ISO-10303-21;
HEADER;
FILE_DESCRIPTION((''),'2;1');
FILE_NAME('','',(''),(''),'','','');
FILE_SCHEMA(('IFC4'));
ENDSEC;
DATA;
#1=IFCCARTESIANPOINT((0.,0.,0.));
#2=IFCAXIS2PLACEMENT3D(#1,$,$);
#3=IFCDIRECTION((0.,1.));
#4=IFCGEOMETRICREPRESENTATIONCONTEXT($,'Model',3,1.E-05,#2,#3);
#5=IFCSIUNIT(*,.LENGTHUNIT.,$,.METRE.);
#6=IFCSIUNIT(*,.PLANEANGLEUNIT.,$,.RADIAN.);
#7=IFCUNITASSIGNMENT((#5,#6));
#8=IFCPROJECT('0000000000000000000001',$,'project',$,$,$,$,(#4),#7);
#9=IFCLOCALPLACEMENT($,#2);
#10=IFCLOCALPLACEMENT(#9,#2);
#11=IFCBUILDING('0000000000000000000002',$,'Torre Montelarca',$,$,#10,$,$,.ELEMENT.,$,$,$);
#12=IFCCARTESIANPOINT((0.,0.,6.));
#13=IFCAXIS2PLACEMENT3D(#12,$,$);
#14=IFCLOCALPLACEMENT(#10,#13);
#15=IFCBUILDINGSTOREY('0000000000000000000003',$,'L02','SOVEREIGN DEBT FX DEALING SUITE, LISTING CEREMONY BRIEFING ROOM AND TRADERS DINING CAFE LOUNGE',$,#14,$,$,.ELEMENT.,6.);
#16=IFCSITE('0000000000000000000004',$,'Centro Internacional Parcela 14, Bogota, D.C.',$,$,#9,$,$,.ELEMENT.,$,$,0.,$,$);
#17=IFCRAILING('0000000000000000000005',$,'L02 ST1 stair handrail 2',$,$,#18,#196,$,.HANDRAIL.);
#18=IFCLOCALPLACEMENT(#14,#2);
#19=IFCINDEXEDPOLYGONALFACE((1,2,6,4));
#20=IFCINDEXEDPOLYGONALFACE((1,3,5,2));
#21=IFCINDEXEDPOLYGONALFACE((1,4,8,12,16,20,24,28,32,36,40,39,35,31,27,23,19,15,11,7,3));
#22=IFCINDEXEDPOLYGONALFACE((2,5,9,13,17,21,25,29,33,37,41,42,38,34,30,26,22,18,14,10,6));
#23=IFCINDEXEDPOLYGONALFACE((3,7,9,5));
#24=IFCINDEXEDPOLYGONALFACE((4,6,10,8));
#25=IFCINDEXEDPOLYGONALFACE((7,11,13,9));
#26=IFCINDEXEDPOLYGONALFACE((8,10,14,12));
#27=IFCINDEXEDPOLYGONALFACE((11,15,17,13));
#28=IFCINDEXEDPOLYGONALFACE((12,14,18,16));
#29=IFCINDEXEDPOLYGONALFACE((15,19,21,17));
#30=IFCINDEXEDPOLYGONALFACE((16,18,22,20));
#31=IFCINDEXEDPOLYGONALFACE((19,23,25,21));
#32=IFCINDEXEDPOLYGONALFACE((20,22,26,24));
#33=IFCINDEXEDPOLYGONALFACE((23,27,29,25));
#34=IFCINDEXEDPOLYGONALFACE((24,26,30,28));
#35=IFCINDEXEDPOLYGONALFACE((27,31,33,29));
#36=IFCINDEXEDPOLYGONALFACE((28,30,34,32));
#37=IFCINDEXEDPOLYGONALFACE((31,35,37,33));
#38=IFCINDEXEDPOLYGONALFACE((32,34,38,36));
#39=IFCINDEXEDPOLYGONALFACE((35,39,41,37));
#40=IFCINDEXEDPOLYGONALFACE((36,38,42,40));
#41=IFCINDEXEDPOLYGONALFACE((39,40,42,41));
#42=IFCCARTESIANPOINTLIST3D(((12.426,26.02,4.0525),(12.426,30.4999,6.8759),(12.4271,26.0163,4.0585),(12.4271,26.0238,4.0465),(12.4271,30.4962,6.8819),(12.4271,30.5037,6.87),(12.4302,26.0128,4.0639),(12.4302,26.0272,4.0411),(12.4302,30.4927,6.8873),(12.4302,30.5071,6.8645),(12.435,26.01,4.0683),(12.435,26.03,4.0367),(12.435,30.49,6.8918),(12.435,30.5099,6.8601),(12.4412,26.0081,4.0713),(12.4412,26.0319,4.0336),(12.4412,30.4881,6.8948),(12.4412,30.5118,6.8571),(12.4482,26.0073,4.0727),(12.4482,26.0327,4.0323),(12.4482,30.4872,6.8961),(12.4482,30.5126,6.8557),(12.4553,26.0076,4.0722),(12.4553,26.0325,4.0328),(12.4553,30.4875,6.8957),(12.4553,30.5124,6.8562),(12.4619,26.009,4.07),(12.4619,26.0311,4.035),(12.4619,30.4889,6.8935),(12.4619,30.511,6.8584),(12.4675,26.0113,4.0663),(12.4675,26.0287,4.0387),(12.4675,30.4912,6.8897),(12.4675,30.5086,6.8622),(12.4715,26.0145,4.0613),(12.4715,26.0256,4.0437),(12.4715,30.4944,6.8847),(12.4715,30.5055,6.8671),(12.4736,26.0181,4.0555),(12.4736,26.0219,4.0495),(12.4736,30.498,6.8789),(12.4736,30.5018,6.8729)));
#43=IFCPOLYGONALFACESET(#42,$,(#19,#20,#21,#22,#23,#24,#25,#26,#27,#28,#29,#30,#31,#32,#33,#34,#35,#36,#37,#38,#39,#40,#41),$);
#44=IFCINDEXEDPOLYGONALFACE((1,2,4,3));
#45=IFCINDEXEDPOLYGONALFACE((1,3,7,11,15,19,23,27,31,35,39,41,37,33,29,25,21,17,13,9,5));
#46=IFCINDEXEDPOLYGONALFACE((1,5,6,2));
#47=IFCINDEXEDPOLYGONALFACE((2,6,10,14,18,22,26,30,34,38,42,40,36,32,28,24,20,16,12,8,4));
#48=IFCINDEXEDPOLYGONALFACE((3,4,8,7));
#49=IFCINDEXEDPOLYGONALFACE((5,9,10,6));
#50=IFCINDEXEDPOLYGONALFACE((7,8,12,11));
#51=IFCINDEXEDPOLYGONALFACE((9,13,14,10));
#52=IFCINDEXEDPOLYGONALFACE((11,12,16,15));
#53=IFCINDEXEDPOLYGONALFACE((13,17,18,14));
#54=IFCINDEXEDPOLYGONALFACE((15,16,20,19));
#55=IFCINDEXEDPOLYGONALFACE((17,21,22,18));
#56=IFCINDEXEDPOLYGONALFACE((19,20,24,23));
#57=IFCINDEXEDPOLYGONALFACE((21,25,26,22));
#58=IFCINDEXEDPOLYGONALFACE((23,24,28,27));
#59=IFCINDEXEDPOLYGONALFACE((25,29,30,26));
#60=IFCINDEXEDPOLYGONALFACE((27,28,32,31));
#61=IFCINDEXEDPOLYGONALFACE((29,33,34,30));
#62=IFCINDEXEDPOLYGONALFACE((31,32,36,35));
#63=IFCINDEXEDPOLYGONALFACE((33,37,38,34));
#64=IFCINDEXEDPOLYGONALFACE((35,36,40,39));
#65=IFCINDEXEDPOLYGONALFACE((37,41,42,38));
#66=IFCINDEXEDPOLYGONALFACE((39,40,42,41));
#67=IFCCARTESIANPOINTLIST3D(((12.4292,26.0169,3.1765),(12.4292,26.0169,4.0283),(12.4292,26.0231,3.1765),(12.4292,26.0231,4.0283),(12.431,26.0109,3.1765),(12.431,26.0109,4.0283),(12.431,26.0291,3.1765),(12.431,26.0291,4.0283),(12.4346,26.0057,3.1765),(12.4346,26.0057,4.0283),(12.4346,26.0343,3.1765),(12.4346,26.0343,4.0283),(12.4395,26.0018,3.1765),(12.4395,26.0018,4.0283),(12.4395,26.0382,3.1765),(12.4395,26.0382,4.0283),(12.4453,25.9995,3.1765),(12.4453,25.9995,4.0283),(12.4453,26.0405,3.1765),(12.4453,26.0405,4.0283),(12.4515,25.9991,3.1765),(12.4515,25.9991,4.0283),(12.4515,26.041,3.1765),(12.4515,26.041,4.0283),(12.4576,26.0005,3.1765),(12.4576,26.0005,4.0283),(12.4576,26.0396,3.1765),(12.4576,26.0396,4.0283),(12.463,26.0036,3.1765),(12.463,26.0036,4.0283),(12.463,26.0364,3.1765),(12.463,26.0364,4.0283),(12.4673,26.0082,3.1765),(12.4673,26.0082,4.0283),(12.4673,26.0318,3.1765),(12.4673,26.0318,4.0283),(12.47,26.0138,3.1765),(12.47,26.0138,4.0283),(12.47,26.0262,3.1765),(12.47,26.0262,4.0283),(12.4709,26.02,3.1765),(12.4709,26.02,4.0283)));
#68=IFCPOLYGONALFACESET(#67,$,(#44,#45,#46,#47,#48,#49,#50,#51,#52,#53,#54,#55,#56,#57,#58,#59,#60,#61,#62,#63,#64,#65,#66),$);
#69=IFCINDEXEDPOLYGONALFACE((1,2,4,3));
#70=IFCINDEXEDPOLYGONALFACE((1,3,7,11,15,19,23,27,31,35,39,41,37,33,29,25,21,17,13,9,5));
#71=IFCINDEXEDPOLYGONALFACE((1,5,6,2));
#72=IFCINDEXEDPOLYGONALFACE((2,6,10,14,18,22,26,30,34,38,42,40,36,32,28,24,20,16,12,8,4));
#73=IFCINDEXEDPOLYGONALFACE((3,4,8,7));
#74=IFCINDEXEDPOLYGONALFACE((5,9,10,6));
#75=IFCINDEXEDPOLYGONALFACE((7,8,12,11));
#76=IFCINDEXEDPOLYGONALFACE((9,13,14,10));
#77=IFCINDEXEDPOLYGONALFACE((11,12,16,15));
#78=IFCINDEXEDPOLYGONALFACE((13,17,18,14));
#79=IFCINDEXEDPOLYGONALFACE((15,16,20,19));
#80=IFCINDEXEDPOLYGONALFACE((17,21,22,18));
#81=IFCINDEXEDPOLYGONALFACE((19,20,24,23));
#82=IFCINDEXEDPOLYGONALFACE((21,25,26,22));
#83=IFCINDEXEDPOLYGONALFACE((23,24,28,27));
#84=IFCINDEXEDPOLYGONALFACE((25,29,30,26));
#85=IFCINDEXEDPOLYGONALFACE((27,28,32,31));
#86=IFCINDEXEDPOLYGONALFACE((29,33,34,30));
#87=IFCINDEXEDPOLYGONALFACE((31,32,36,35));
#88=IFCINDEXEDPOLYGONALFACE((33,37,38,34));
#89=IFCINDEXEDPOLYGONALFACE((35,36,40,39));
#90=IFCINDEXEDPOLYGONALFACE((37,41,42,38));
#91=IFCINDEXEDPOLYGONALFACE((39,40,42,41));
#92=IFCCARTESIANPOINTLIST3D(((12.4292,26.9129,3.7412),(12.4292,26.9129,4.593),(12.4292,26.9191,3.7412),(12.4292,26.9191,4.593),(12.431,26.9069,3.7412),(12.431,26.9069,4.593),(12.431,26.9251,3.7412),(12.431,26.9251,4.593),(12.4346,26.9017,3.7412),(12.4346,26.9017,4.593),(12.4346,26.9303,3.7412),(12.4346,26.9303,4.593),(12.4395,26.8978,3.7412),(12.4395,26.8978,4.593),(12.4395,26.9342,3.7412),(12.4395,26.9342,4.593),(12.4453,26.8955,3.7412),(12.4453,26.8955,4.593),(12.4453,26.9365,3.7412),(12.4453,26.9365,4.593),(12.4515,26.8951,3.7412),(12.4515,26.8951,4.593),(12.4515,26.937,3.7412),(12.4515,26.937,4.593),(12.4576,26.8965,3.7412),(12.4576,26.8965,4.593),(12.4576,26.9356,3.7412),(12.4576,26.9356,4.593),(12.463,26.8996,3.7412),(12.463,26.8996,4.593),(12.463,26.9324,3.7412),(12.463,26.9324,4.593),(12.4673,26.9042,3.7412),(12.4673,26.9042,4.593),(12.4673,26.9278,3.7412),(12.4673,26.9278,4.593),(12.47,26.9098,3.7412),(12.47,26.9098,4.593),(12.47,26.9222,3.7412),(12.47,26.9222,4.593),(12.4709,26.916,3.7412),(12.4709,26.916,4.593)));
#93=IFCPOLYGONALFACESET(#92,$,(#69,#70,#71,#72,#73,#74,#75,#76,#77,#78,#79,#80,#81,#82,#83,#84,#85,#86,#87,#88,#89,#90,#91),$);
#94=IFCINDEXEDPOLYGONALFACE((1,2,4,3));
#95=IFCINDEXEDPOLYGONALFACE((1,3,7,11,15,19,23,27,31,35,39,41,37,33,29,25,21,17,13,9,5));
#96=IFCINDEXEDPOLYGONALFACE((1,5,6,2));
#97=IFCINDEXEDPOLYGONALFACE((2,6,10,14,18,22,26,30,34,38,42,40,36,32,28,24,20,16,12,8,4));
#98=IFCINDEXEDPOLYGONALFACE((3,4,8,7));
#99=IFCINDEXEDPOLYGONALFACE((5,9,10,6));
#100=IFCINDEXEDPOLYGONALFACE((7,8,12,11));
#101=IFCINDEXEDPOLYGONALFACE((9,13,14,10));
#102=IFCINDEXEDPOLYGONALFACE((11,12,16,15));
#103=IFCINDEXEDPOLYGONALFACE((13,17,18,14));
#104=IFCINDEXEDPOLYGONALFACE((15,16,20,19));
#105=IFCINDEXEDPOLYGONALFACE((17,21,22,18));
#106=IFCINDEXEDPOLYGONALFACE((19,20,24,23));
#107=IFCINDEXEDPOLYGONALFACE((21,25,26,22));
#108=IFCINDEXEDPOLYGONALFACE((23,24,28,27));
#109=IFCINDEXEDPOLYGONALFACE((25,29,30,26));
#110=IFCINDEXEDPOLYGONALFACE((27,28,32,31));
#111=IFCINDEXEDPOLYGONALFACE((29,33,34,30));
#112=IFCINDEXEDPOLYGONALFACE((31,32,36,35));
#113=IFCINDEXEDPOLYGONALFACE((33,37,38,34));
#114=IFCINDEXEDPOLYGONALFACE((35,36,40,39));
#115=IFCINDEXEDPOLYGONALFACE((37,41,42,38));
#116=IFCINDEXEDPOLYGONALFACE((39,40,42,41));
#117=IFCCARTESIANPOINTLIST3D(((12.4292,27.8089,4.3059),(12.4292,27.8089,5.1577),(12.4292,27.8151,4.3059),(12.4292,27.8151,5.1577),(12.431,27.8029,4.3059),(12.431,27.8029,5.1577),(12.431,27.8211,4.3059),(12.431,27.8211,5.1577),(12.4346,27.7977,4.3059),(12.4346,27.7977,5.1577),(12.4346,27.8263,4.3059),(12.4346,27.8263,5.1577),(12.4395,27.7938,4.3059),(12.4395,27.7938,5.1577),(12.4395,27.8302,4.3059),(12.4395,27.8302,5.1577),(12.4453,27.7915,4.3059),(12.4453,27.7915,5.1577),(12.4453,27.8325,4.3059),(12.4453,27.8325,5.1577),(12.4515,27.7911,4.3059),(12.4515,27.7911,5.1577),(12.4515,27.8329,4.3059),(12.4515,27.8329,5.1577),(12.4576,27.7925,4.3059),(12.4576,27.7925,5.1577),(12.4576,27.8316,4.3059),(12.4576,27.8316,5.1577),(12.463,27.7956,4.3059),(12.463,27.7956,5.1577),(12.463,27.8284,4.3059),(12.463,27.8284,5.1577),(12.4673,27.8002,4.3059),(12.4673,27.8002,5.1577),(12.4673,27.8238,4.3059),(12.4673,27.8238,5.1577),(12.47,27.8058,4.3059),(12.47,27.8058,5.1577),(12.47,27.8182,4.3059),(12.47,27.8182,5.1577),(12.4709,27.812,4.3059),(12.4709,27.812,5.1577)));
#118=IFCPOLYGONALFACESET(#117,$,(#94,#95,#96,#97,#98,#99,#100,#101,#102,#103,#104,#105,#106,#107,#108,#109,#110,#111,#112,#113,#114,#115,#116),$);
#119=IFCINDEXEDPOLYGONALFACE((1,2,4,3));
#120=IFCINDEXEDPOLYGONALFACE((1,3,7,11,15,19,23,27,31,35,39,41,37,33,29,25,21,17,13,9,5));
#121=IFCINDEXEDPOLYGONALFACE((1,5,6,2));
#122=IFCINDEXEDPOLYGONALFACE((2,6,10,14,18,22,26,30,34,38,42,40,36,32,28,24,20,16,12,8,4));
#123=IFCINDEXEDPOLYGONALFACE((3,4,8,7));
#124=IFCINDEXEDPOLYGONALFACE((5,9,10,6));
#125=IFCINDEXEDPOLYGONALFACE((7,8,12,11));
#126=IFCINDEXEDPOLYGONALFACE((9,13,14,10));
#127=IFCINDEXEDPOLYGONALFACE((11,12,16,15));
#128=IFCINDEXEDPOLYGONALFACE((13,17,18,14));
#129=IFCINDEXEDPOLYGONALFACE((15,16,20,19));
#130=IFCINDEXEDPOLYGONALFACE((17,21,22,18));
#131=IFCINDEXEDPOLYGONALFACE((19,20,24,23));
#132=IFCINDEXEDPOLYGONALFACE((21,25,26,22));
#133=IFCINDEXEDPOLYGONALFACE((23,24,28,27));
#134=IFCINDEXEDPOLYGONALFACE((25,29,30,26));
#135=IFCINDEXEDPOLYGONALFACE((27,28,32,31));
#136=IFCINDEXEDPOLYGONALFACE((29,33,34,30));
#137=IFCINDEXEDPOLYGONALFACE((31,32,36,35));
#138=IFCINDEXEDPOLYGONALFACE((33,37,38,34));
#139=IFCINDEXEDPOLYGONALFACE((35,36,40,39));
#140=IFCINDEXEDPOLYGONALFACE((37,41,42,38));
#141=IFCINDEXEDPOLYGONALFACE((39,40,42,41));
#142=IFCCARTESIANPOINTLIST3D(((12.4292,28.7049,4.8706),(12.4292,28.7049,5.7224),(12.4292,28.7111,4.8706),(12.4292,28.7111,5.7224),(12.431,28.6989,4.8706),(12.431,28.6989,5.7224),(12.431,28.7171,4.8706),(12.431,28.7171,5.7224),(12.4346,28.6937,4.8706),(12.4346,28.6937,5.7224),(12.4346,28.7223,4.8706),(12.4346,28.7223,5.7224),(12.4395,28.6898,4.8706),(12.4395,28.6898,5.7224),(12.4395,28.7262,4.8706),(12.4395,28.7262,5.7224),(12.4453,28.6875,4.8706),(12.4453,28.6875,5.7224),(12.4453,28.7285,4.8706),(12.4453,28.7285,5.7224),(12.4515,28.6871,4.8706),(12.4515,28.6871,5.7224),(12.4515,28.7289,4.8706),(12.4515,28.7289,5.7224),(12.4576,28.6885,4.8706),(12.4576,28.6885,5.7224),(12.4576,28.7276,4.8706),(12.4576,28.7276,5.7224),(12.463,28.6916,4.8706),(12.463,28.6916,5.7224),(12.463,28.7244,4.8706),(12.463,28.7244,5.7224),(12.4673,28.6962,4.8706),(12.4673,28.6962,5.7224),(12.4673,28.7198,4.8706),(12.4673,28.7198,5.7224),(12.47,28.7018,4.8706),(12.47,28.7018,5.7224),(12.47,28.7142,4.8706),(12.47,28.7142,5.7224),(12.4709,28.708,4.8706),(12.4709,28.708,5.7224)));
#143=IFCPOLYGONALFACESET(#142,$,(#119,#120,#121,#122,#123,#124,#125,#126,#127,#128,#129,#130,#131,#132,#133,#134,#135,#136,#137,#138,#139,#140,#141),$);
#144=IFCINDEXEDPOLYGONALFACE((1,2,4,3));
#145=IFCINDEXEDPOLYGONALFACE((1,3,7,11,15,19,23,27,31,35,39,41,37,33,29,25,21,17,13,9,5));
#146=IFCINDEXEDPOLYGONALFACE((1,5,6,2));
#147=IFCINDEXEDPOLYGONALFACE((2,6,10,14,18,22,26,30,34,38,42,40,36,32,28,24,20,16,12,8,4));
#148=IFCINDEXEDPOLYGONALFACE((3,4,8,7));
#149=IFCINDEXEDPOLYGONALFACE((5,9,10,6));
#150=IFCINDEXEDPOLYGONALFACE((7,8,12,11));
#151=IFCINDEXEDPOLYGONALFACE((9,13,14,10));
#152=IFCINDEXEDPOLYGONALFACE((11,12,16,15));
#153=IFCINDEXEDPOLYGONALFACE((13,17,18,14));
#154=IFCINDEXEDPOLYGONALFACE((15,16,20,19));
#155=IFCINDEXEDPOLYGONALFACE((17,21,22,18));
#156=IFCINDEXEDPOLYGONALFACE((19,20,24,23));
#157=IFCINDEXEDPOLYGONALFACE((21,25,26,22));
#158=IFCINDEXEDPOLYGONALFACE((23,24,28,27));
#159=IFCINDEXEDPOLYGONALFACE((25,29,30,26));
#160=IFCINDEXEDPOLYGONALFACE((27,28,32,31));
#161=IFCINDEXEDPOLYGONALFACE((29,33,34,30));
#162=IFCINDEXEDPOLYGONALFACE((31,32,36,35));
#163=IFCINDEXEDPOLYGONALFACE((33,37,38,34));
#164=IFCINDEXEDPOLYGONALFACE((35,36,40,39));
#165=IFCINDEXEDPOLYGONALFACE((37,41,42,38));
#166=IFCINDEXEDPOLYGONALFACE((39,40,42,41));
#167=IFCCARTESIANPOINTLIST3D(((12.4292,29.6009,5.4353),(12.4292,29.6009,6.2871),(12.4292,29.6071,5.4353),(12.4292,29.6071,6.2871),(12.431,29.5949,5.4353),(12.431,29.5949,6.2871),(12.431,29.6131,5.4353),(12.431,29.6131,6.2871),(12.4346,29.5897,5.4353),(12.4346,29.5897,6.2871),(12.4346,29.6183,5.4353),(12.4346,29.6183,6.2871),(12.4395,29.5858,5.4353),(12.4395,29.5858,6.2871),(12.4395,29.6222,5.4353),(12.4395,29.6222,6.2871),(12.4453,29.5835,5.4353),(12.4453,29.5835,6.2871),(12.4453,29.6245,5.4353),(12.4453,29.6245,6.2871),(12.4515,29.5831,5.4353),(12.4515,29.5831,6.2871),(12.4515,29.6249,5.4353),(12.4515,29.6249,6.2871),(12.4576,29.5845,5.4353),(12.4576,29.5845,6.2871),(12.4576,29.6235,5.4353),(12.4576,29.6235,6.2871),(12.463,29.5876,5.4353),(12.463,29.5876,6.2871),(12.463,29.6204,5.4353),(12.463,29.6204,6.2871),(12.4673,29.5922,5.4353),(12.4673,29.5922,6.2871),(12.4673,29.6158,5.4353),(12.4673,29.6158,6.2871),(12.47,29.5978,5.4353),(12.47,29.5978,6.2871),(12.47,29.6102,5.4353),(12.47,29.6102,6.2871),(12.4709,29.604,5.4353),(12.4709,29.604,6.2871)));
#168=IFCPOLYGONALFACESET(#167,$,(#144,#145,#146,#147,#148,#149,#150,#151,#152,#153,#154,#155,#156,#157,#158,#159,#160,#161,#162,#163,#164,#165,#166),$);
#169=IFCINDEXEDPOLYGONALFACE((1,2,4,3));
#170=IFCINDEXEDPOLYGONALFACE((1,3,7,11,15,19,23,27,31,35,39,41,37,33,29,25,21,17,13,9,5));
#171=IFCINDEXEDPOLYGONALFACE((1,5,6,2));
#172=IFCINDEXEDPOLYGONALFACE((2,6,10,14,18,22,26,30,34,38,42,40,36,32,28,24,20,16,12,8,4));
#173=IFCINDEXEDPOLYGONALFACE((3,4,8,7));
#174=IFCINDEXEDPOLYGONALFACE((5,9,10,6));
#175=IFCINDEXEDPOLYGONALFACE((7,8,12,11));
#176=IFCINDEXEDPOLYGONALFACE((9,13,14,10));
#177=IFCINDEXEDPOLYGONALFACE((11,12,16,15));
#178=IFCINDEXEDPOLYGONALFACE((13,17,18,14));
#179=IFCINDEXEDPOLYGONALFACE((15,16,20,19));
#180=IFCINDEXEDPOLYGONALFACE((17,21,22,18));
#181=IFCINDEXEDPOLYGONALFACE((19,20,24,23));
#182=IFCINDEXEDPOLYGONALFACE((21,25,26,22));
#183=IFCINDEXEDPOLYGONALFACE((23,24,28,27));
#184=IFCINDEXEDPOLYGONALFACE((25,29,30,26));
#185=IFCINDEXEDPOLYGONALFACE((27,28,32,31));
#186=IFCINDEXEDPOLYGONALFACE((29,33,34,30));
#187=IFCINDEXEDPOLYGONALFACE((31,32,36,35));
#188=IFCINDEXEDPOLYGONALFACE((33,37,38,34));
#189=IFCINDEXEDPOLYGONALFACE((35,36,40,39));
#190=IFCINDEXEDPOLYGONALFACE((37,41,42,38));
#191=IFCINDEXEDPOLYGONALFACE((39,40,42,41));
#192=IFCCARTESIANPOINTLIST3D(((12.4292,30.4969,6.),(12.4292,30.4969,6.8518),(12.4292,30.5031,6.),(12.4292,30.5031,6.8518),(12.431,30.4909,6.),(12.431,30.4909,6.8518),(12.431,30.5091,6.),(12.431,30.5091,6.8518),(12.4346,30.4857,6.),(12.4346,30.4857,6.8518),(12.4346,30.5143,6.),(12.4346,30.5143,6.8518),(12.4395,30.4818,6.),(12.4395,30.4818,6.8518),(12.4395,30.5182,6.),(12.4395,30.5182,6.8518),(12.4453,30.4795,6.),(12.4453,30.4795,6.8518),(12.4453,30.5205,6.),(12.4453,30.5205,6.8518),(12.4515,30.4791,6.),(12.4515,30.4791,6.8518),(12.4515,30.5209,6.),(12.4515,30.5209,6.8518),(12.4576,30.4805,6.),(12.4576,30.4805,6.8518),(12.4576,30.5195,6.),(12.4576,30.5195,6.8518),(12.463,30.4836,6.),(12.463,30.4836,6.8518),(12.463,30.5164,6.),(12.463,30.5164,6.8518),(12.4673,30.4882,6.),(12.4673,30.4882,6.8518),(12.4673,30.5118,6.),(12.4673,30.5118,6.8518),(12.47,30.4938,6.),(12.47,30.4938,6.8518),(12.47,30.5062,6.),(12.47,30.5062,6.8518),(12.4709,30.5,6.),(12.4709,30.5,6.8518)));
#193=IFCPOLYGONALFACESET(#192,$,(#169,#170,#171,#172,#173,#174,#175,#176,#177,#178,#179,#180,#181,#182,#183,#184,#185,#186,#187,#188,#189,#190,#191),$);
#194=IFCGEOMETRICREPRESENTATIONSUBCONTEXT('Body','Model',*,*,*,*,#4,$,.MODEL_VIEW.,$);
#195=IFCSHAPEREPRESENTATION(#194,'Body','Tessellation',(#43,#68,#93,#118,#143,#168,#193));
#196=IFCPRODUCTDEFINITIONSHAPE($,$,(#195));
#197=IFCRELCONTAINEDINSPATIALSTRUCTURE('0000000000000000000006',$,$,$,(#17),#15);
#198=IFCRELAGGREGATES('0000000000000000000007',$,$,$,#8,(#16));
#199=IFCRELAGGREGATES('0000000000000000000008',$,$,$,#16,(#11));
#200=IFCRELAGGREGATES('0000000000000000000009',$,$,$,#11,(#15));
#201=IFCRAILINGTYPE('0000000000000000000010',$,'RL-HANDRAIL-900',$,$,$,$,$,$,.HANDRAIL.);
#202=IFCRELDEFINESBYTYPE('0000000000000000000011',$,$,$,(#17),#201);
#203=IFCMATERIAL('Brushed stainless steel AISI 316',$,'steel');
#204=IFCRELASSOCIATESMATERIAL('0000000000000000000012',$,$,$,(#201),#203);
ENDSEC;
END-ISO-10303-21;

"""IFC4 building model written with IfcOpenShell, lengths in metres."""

from ifc_helpers import new_model, si_unit, direction, frame, origin, origin_2d, place, context, subcontext, project, spatial, circle, extrude, material, type_object, element, save


model = new_model("IFC4")

# Units and contexts
model_context = context("Model", 3, precision=1e-05, world=origin(), true_north=direction((0.0, 1.0)))
body_context = subcontext(model_context, "Body", "Model", "MODEL_VIEW")
ifc_project = project(units=[si_unit("LENGTHUNIT", "METRE"), si_unit("PLANEANGLEUNIT", "RADIAN")], contexts=[model_context])

# Site, building, storey
site_placement = place(None, origin())
site = spatial("IfcSite", under=ifc_project, at=site_placement, Name="Centro Internacional Parcela 14, Bogota, D.C.", CompositionType="ELEMENT", RefElevation=0.0)
building_placement = place(site_placement, origin())
building = spatial("IfcBuilding", under=site, at=building_placement, Name="Torre Montelarca", CompositionType="ELEMENT")
storey_placement = place(building_placement, frame((0.0, 0.0, 6.0)))
storey = spatial("IfcBuildingStorey", under=building, at=storey_placement, Name="L02", Description="SOVEREIGN DEBT FX DEALING SUITE, LISTING CEREMONY BRIEFING ROOM AND TRADERS DINING CAFE LOUNGE", CompositionType="ELEMENT", Elevation=6.0)

# Shared definitions
ifc_material_1 = material(Name="Brushed stainless steel AISI 316", Category="steel")

# Railing
railing_type_1 = type_object("IfcRailingType", Name="RL-HANDRAIL-900", PredefinedType="HANDRAIL", material=ifc_material_1)
railing_1_placement = place(storey_placement, frame((12.45, 26.02, 3.1765)))
element("IfcRailing", 1, at=railing_1_placement, inside=storey, type_object=railing_type_1, Name="L02 ST1 stair handrail 2", PredefinedType="HANDRAIL", context=body_context, shape_type="SweptSolid", body=[
    extrude(circle(Radius=0.0239, at=origin_2d()), frame((0.0, 0.0, 0.876), z_axis=(0.0, 0.845998, 0.533186), x_axis=(-1.0, 0.0, 0.0)), (0.0, 0.0, 1.0), 5.2954),
    extrude(circle(Radius=0.021, at=origin_2d()), origin(), (0.0, 0.0, 1.0), 0.8518),
    extrude(circle(Radius=0.021, at=origin_2d()), frame((0.0, 0.896, 0.5647)), (0.0, 0.0, 1.0), 0.8518),
    extrude(circle(Radius=0.021, at=origin_2d()), frame((0.0, 1.792, 1.1294)), (0.0, 0.0, 1.0), 0.8518),
    extrude(circle(Radius=0.021, at=origin_2d()), frame((0.0, 2.688, 1.6941)), (0.0, 0.0, 1.0), 0.8518),
    extrude(circle(Radius=0.021, at=origin_2d()), frame((0.0, 3.584, 2.2588)), (0.0, 0.0, 1.0), 0.8518),
    extrude(circle(Radius=0.021, at=origin_2d()), frame((0.0, 4.48, 2.8235)), (0.0, 0.0, 1.0), 0.8518),
])

save(model, "model.ifc")
